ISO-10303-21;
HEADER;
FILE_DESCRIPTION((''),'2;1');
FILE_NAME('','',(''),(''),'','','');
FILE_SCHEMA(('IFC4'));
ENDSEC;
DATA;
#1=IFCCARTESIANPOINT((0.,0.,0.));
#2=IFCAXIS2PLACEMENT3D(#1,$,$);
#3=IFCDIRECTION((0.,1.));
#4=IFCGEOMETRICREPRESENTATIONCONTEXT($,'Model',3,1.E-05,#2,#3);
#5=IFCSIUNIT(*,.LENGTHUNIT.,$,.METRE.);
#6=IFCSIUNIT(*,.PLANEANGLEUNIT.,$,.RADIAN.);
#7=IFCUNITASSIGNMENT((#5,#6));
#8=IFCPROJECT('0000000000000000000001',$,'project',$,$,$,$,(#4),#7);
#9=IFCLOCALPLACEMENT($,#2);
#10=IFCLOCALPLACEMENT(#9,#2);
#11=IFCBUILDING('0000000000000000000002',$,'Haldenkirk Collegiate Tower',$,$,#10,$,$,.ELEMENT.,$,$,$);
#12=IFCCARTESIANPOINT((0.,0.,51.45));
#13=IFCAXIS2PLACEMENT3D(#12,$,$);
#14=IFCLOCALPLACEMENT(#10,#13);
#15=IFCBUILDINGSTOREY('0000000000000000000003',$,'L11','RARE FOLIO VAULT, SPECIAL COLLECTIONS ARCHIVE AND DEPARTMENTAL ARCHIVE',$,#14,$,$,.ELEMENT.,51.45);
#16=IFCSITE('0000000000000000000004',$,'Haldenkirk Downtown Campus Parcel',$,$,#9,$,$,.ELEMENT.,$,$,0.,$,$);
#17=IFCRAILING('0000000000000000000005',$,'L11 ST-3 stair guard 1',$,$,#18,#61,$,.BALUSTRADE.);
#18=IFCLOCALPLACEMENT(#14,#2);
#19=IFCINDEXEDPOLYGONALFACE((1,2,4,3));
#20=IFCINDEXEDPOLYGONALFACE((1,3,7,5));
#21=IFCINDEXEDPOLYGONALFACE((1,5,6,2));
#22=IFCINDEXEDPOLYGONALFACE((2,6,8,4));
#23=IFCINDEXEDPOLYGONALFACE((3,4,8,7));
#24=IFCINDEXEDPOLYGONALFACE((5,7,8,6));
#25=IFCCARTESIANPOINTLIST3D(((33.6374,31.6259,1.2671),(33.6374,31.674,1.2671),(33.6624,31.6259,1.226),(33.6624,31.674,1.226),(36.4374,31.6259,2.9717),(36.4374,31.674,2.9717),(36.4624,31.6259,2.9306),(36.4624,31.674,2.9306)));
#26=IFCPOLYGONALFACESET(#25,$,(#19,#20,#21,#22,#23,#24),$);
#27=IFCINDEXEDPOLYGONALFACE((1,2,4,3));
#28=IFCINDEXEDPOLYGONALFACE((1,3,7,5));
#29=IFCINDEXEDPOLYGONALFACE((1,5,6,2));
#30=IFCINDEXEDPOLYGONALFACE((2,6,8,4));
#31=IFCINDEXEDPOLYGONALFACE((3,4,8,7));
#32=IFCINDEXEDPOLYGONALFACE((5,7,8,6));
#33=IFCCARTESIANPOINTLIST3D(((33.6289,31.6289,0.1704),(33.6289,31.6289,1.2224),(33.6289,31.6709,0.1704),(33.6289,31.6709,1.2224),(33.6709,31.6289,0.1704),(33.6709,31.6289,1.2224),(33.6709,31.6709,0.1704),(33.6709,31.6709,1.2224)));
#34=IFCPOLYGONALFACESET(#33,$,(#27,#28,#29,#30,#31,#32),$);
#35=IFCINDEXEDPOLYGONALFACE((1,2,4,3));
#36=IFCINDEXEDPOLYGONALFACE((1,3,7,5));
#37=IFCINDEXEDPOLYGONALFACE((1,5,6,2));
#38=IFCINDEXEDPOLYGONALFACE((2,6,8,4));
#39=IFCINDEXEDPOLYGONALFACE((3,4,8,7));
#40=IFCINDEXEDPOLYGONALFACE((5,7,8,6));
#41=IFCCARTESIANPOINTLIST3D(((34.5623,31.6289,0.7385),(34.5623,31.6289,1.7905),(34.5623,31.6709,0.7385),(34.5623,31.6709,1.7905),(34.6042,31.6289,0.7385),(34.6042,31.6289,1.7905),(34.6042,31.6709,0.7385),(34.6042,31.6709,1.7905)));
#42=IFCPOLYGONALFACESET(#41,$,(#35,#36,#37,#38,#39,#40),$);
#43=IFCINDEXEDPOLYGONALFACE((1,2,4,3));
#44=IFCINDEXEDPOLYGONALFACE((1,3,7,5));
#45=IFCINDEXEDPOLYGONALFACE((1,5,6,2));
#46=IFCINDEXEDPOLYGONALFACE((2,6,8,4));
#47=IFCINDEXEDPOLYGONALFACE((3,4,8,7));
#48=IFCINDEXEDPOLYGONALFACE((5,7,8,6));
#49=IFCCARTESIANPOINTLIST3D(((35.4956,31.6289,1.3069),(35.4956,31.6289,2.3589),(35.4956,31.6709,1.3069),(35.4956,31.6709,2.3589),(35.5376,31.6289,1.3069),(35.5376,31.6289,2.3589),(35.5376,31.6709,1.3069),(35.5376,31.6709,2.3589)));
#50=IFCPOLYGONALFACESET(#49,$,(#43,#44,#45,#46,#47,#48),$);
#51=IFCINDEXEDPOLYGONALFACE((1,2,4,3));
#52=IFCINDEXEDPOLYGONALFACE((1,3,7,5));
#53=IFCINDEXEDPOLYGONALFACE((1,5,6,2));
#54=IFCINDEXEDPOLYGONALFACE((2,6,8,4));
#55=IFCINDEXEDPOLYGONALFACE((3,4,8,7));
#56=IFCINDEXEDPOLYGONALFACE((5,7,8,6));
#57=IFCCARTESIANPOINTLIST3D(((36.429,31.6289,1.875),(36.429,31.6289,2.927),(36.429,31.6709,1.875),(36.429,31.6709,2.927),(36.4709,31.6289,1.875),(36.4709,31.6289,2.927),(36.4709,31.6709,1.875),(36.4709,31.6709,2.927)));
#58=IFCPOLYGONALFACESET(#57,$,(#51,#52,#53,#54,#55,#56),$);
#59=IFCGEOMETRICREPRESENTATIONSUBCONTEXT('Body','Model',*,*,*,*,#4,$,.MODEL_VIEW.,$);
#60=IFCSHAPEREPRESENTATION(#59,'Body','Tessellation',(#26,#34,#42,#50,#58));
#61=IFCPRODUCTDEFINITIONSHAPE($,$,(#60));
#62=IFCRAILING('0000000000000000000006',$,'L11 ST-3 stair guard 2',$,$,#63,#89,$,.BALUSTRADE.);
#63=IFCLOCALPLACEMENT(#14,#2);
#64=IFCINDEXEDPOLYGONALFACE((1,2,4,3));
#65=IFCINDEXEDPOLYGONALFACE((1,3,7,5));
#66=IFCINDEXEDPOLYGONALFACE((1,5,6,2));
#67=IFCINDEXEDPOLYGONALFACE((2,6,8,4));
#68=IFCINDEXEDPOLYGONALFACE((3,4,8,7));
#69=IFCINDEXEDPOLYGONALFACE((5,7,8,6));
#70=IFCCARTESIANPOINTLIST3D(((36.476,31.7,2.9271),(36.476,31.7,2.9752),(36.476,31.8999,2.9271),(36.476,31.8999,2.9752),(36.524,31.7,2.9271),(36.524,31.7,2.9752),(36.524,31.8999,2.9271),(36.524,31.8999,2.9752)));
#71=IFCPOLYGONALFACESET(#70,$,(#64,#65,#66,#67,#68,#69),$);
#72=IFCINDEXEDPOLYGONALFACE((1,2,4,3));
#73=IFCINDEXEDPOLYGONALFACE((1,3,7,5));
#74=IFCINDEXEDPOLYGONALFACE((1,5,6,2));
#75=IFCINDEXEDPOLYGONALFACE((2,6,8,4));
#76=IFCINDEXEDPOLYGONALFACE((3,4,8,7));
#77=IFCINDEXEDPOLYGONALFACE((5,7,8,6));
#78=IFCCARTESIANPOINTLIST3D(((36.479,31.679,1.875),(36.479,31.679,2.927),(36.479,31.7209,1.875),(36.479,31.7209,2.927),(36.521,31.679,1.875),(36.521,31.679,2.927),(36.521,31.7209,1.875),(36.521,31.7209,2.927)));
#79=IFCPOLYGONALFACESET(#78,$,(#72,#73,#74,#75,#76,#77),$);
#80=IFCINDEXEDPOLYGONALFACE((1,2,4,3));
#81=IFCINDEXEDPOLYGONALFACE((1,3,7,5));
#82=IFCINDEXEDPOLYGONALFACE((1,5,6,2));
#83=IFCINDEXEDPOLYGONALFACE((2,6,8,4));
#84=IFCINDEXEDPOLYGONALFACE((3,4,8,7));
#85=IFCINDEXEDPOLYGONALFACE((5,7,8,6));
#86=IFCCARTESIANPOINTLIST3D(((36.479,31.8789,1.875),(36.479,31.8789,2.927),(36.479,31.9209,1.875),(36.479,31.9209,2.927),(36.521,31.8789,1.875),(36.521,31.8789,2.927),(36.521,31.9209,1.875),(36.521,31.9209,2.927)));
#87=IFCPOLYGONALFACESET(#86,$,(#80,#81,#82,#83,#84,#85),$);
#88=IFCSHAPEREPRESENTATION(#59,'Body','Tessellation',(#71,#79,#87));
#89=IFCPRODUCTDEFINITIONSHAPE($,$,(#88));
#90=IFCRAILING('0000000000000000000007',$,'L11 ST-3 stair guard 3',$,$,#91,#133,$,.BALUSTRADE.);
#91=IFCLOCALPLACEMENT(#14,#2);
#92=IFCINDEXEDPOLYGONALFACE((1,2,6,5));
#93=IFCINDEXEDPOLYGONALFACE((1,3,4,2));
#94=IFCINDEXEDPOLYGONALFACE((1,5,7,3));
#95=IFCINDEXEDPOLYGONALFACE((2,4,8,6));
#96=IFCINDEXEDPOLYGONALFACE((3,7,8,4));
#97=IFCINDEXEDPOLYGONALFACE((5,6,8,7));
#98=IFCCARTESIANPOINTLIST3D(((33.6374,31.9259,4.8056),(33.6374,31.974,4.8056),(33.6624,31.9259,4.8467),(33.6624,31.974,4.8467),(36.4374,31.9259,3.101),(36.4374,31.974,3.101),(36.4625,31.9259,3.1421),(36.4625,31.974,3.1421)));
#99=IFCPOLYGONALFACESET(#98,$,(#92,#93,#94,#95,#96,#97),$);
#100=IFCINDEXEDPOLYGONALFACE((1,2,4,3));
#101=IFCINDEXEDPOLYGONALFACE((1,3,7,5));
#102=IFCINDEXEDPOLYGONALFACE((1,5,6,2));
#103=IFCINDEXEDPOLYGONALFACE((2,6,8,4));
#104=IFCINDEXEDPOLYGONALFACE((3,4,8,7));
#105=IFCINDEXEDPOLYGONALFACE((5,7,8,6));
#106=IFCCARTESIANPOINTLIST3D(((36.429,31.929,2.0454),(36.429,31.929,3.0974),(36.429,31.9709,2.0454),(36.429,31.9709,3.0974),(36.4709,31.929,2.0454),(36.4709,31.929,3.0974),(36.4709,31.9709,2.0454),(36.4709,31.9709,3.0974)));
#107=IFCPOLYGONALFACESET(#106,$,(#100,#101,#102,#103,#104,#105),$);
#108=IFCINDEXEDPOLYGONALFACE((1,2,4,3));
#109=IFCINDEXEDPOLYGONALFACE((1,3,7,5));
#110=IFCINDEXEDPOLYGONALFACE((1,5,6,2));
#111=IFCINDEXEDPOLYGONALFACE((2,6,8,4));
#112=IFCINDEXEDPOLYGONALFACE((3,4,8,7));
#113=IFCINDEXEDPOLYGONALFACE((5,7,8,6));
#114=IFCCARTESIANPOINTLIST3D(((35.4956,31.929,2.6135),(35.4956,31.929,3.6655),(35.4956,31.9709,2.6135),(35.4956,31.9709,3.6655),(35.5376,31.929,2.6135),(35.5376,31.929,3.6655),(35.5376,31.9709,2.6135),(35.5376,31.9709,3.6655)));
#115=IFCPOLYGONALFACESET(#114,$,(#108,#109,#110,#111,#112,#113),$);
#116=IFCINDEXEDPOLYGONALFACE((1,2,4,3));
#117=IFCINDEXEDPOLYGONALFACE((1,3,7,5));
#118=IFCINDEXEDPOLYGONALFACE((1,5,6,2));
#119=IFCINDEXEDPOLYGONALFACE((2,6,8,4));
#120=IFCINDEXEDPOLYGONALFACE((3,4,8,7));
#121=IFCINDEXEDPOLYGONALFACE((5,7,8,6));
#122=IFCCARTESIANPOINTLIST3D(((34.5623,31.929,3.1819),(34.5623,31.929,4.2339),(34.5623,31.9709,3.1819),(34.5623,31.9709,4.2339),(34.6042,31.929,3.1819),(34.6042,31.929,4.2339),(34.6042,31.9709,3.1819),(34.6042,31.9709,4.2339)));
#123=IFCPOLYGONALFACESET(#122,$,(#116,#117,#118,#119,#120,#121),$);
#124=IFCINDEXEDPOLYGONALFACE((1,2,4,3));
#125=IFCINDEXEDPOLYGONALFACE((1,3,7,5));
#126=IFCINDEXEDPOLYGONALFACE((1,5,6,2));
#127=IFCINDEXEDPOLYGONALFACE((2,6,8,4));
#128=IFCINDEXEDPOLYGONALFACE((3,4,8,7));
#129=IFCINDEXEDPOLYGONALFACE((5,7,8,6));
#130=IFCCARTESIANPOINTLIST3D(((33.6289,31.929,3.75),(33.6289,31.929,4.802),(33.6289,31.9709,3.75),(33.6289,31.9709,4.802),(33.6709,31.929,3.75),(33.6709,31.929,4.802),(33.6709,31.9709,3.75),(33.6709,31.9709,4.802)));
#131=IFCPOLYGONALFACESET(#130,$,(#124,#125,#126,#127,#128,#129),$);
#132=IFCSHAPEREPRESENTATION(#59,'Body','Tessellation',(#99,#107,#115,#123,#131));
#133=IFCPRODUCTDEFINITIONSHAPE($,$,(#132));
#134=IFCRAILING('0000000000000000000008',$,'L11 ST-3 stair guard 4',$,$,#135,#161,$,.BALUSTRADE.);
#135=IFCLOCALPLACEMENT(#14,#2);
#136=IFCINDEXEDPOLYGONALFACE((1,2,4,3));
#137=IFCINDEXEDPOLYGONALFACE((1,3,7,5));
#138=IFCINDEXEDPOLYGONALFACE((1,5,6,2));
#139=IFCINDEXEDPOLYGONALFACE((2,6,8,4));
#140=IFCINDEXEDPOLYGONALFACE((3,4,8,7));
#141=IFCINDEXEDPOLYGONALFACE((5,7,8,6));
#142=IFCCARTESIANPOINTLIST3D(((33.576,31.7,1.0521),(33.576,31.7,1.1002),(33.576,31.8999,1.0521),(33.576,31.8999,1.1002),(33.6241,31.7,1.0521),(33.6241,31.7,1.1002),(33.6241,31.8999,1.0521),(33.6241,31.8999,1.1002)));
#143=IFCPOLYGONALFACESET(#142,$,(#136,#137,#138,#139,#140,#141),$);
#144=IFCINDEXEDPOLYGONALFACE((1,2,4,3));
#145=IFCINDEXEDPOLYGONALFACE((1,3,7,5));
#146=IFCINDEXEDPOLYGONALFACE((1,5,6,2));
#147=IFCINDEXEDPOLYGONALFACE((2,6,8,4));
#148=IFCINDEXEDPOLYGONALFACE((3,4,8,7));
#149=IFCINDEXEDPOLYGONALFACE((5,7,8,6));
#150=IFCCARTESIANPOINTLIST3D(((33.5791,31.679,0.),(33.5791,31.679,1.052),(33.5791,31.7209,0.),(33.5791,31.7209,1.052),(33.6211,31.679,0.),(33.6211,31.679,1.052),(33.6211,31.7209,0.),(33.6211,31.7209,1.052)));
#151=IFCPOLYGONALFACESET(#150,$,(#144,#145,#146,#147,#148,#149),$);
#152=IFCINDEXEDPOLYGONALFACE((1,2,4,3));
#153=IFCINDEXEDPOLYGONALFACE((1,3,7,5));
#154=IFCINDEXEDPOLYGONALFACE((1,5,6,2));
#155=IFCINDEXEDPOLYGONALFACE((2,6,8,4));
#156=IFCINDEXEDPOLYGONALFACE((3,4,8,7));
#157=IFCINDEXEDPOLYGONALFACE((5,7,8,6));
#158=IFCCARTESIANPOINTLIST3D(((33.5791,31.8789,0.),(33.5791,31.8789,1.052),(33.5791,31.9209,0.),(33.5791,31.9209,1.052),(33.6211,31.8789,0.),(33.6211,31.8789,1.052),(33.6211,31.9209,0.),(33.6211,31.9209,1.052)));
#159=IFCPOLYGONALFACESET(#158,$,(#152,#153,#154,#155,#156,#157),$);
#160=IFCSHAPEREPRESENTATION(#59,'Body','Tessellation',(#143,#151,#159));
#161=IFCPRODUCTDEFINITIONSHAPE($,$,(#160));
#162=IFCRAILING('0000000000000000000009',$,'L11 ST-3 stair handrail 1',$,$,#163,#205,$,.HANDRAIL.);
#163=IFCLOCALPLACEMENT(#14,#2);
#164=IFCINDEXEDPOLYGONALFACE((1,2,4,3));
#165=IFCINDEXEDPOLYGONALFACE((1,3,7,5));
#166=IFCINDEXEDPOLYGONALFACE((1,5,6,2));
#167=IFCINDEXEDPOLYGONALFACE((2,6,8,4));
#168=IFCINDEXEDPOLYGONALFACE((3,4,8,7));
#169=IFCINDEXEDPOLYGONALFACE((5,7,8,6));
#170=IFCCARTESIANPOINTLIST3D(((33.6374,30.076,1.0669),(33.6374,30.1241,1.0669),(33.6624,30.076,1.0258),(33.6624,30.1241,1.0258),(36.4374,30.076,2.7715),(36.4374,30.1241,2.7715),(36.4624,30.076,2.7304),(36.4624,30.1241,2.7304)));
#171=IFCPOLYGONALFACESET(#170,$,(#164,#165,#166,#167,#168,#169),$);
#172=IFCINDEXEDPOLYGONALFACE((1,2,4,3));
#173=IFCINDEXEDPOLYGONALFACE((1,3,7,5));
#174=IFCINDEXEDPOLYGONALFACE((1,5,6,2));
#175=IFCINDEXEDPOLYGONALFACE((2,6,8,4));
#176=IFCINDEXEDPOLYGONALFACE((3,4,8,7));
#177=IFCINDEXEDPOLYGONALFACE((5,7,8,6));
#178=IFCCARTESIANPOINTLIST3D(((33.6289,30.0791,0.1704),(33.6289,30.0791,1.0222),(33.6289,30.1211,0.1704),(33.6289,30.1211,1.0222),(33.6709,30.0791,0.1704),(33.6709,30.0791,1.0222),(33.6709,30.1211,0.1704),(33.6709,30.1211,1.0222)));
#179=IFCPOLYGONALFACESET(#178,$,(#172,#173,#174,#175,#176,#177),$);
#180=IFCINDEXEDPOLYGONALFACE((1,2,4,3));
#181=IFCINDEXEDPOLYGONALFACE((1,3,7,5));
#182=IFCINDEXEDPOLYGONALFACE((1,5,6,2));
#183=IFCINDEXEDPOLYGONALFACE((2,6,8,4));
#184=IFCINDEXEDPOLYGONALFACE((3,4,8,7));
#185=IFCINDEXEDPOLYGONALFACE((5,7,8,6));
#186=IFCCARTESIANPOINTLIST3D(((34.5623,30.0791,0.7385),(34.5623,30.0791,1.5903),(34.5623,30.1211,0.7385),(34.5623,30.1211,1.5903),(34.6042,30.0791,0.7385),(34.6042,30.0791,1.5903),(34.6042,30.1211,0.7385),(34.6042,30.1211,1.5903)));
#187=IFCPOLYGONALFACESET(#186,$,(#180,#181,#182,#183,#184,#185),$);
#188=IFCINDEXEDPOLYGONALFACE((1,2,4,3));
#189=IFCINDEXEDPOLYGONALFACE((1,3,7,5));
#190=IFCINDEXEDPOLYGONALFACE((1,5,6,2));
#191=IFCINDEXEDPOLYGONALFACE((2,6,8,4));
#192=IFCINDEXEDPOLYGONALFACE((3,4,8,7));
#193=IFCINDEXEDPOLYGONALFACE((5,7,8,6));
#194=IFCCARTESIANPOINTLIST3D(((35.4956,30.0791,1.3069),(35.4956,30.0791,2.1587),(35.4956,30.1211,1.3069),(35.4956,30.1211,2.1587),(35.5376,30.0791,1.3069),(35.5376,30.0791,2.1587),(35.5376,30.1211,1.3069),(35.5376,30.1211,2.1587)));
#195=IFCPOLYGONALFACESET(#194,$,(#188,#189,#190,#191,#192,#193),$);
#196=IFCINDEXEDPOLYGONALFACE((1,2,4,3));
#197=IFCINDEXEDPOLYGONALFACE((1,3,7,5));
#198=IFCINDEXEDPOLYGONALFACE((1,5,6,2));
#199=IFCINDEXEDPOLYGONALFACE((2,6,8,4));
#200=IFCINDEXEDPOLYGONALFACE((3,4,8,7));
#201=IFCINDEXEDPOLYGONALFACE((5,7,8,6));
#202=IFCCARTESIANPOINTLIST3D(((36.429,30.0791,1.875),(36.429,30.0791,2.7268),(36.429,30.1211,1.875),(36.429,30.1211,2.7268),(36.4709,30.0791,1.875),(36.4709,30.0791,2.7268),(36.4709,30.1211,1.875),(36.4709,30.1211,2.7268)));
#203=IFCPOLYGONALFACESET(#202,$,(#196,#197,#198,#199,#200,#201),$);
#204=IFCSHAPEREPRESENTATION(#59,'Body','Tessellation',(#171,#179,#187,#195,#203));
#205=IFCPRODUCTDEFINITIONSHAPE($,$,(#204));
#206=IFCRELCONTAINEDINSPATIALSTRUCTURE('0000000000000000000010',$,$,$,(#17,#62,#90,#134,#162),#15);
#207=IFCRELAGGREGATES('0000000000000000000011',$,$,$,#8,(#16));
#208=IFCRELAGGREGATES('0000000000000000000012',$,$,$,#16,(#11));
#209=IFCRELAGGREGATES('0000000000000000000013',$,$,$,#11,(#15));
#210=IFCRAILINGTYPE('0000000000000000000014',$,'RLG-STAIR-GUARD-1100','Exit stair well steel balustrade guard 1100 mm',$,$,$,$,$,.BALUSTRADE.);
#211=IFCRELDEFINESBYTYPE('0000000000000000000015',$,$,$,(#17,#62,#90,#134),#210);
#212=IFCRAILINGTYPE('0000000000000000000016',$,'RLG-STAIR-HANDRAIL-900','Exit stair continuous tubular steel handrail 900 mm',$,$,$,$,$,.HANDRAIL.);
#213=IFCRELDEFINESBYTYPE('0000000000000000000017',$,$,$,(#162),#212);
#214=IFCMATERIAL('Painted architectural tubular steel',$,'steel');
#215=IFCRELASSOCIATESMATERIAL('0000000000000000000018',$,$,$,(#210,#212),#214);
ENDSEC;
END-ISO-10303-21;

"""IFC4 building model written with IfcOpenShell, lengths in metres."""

from ifc_helpers import new_model, si_unit, direction, frame, origin, origin_2d, place, context, subcontext, project, spatial, rectangle, extrude, material, type_object, element, save


model = new_model("IFC4")

# Units and contexts
model_context = context("Model", 3, precision=1e-05, world=origin(), true_north=direction((0.0, 1.0)))
body_context = subcontext(model_context, "Body", "Model", "MODEL_VIEW")
ifc_project = project(units=[si_unit("LENGTHUNIT", "METRE"), si_unit("PLANEANGLEUNIT", "RADIAN")], contexts=[model_context])

# Site, building, storey
site_placement = place(None, origin())
site = spatial("IfcSite", under=ifc_project, at=site_placement, Name="Haldenkirk Downtown Campus Parcel", CompositionType="ELEMENT", RefElevation=0.0)
building_placement = place(site_placement, origin())
building = spatial("IfcBuilding", under=site, at=building_placement, Name="Haldenkirk Collegiate Tower", CompositionType="ELEMENT")
storey_placement = place(building_placement, frame((0.0, 0.0, 51.45)))
storey = spatial("IfcBuildingStorey", under=building, at=storey_placement, Name="L11", Description="RARE FOLIO VAULT, SPECIAL COLLECTIONS ARCHIVE AND DEPARTMENTAL ARCHIVE", CompositionType="ELEMENT", Elevation=51.45)

# Railings
ifc_material_1 = material(Name="Painted architectural tubular steel", Category="steel")
railing_type_1 = type_object("IfcRailingType", Name="RLG-STAIR-GUARD-1100", Description="Exit stair well steel balustrade guard 1100 mm", PredefinedType="BALUSTRADE", material=ifc_material_1)
railing_1_placement = place(storey_placement, frame((33.6499, 31.6499, 0.1704)))
element("IfcRailing", 1, at=railing_1_placement, inside=storey, type_object=railing_type_1, Name="L11 ST-3 stair guard 1", PredefinedType="BALUSTRADE", context=body_context, shape_type="SweptSolid", body=[
    extrude(rectangle(XDim=0.0481, YDim=0.0481, at=origin_2d()), frame((0.0, 0.0, 1.0762), z_axis=(0.85417, 0.0, 0.519994), x_axis=(0.0, 1.0, 0.0)), (0.0, 0.0, 1.0), 3.2781),
    extrude(rectangle(XDim=0.042, YDim=0.042, at=origin_2d()), origin(), (0.0, 0.0, 1.0), 1.052),
    extrude(rectangle(XDim=0.042, YDim=0.042, at=origin_2d()), frame((0.9333, 0.0, 0.5681)), (0.0, 0.0, 1.0), 1.052),
    extrude(rectangle(XDim=0.042, YDim=0.042, at=origin_2d()), frame((1.8667, 0.0, 1.1365)), (0.0, 0.0, 1.0), 1.052),
    extrude(rectangle(XDim=0.042, YDim=0.042, at=origin_2d()), frame((2.8, 0.0, 1.7046)), (0.0, 0.0, 1.0), 1.052),
])
railing_2_placement = place(storey_placement, frame((36.5, 31.7, 1.875)))
element("IfcRailing", 2, at=railing_2_placement, inside=storey, type_object=railing_type_1, Name="L11 ST-3 stair guard 2", PredefinedType="BALUSTRADE", context=body_context, shape_type="SweptSolid", body=[
    extrude(rectangle(XDim=0.0481, YDim=0.0481, at=origin_2d()), frame((0.0, 0.0, 1.0762), z_axis=(0.0, 1.0, 0.0), x_axis=(-1.0, 0.0, 0.0)), (0.0, 0.0, 1.0), 0.2),
    extrude(rectangle(XDim=0.042, YDim=0.042, at=origin_2d()), origin(), (0.0, 0.0, 1.0), 1.052),
    extrude(rectangle(XDim=0.042, YDim=0.042, at=origin_2d()), frame((0.0, 0.2, 0.0)), (0.0, 0.0, 1.0), 1.052),
])
railing_3_placement = place(storey_placement, frame((36.45, 31.95, 2.0454)))
element("IfcRailing", 3, at=railing_3_placement, inside=storey, type_object=railing_type_1, Name="L11 ST-3 stair guard 3", PredefinedType="BALUSTRADE", context=body_context, shape_type="SweptSolid", body=[
    extrude(rectangle(XDim=0.0481, YDim=0.0481, at=origin_2d()), frame((0.0, 0.0, 1.0762), z_axis=(-0.85417, 0.0, 0.519994), x_axis=(0.0, -1.0, 0.0)), (0.0, 0.0, 1.0), 3.2781),
    extrude(rectangle(XDim=0.042, YDim=0.042, at=origin_2d()), origin(), (0.0, 0.0, 1.0), 1.052),
    extrude(rectangle(XDim=0.042, YDim=0.042, at=origin_2d()), frame((-0.9333, 0.0, 0.5681)), (0.0, 0.0, 1.0), 1.052),
    extrude(rectangle(XDim=0.042, YDim=0.042, at=origin_2d()), frame((-1.8667, 0.0, 1.1365)), (0.0, 0.0, 1.0), 1.052),
    extrude(rectangle(XDim=0.042, YDim=0.042, at=origin_2d()), frame((-2.8, 0.0, 1.7046)), (0.0, 0.0, 1.0), 1.052),
])
railing_4_placement = place(storey_placement, frame((33.6001, 31.7, 0.0)))
element("IfcRailing", 4, at=railing_4_placement, inside=storey, type_object=railing_type_1, Name="L11 ST-3 stair guard 4", PredefinedType="BALUSTRADE", context=body_context, shape_type="SweptSolid", body=[
    extrude(rectangle(XDim=0.0481, YDim=0.0481, at=origin_2d()), frame((0.0, 0.0, 1.0762), z_axis=(0.0, 1.0, 0.0), x_axis=(-1.0, 0.0, 0.0)), (0.0, 0.0, 1.0), 0.2),
    extrude(rectangle(XDim=0.042, YDim=0.042, at=origin_2d()), origin(), (0.0, 0.0, 1.0), 1.052),
    extrude(rectangle(XDim=0.042, YDim=0.042, at=origin_2d()), frame((0.0, 0.2, 0.0)), (0.0, 0.0, 1.0), 1.052),
])
railing_type_2 = type_object("IfcRailingType", Name="RLG-STAIR-HANDRAIL-900", Description="Exit stair continuous tubular steel handrail 900 mm", PredefinedType="HANDRAIL", material=ifc_material_1)
railing_5_placement = place(storey_placement, frame((33.6499, 30.1001, 0.1704)))
element("IfcRailing", 5, at=railing_5_placement, inside=storey, type_object=railing_type_2, Name="L11 ST-3 stair handrail 1", PredefinedType="HANDRAIL", context=body_context, shape_type="SweptSolid", body=[
    extrude(rectangle(XDim=0.0481, YDim=0.0481, at=origin_2d()), frame((0.0, 0.0, 0.876), z_axis=(0.85417, 0.0, 0.519994), x_axis=(0.0, 1.0, 0.0)), (0.0, 0.0, 1.0), 3.2781),
    extrude(rectangle(XDim=0.042, YDim=0.042, at=origin_2d()), origin(), (0.0, 0.0, 1.0), 0.8518),
    extrude(rectangle(XDim=0.042, YDim=0.042, at=origin_2d()), frame((0.9333, 0.0, 0.5681)), (0.0, 0.0, 1.0), 0.8518),
    extrude(rectangle(XDim=0.042, YDim=0.042, at=origin_2d()), frame((1.8667, 0.0, 1.1365)), (0.0, 0.0, 1.0), 0.8518),
    extrude(rectangle(XDim=0.042, YDim=0.042, at=origin_2d()), frame((2.8, 0.0, 1.7046)), (0.0, 0.0, 1.0), 0.8518),
])

save(model, "model.ifc")
